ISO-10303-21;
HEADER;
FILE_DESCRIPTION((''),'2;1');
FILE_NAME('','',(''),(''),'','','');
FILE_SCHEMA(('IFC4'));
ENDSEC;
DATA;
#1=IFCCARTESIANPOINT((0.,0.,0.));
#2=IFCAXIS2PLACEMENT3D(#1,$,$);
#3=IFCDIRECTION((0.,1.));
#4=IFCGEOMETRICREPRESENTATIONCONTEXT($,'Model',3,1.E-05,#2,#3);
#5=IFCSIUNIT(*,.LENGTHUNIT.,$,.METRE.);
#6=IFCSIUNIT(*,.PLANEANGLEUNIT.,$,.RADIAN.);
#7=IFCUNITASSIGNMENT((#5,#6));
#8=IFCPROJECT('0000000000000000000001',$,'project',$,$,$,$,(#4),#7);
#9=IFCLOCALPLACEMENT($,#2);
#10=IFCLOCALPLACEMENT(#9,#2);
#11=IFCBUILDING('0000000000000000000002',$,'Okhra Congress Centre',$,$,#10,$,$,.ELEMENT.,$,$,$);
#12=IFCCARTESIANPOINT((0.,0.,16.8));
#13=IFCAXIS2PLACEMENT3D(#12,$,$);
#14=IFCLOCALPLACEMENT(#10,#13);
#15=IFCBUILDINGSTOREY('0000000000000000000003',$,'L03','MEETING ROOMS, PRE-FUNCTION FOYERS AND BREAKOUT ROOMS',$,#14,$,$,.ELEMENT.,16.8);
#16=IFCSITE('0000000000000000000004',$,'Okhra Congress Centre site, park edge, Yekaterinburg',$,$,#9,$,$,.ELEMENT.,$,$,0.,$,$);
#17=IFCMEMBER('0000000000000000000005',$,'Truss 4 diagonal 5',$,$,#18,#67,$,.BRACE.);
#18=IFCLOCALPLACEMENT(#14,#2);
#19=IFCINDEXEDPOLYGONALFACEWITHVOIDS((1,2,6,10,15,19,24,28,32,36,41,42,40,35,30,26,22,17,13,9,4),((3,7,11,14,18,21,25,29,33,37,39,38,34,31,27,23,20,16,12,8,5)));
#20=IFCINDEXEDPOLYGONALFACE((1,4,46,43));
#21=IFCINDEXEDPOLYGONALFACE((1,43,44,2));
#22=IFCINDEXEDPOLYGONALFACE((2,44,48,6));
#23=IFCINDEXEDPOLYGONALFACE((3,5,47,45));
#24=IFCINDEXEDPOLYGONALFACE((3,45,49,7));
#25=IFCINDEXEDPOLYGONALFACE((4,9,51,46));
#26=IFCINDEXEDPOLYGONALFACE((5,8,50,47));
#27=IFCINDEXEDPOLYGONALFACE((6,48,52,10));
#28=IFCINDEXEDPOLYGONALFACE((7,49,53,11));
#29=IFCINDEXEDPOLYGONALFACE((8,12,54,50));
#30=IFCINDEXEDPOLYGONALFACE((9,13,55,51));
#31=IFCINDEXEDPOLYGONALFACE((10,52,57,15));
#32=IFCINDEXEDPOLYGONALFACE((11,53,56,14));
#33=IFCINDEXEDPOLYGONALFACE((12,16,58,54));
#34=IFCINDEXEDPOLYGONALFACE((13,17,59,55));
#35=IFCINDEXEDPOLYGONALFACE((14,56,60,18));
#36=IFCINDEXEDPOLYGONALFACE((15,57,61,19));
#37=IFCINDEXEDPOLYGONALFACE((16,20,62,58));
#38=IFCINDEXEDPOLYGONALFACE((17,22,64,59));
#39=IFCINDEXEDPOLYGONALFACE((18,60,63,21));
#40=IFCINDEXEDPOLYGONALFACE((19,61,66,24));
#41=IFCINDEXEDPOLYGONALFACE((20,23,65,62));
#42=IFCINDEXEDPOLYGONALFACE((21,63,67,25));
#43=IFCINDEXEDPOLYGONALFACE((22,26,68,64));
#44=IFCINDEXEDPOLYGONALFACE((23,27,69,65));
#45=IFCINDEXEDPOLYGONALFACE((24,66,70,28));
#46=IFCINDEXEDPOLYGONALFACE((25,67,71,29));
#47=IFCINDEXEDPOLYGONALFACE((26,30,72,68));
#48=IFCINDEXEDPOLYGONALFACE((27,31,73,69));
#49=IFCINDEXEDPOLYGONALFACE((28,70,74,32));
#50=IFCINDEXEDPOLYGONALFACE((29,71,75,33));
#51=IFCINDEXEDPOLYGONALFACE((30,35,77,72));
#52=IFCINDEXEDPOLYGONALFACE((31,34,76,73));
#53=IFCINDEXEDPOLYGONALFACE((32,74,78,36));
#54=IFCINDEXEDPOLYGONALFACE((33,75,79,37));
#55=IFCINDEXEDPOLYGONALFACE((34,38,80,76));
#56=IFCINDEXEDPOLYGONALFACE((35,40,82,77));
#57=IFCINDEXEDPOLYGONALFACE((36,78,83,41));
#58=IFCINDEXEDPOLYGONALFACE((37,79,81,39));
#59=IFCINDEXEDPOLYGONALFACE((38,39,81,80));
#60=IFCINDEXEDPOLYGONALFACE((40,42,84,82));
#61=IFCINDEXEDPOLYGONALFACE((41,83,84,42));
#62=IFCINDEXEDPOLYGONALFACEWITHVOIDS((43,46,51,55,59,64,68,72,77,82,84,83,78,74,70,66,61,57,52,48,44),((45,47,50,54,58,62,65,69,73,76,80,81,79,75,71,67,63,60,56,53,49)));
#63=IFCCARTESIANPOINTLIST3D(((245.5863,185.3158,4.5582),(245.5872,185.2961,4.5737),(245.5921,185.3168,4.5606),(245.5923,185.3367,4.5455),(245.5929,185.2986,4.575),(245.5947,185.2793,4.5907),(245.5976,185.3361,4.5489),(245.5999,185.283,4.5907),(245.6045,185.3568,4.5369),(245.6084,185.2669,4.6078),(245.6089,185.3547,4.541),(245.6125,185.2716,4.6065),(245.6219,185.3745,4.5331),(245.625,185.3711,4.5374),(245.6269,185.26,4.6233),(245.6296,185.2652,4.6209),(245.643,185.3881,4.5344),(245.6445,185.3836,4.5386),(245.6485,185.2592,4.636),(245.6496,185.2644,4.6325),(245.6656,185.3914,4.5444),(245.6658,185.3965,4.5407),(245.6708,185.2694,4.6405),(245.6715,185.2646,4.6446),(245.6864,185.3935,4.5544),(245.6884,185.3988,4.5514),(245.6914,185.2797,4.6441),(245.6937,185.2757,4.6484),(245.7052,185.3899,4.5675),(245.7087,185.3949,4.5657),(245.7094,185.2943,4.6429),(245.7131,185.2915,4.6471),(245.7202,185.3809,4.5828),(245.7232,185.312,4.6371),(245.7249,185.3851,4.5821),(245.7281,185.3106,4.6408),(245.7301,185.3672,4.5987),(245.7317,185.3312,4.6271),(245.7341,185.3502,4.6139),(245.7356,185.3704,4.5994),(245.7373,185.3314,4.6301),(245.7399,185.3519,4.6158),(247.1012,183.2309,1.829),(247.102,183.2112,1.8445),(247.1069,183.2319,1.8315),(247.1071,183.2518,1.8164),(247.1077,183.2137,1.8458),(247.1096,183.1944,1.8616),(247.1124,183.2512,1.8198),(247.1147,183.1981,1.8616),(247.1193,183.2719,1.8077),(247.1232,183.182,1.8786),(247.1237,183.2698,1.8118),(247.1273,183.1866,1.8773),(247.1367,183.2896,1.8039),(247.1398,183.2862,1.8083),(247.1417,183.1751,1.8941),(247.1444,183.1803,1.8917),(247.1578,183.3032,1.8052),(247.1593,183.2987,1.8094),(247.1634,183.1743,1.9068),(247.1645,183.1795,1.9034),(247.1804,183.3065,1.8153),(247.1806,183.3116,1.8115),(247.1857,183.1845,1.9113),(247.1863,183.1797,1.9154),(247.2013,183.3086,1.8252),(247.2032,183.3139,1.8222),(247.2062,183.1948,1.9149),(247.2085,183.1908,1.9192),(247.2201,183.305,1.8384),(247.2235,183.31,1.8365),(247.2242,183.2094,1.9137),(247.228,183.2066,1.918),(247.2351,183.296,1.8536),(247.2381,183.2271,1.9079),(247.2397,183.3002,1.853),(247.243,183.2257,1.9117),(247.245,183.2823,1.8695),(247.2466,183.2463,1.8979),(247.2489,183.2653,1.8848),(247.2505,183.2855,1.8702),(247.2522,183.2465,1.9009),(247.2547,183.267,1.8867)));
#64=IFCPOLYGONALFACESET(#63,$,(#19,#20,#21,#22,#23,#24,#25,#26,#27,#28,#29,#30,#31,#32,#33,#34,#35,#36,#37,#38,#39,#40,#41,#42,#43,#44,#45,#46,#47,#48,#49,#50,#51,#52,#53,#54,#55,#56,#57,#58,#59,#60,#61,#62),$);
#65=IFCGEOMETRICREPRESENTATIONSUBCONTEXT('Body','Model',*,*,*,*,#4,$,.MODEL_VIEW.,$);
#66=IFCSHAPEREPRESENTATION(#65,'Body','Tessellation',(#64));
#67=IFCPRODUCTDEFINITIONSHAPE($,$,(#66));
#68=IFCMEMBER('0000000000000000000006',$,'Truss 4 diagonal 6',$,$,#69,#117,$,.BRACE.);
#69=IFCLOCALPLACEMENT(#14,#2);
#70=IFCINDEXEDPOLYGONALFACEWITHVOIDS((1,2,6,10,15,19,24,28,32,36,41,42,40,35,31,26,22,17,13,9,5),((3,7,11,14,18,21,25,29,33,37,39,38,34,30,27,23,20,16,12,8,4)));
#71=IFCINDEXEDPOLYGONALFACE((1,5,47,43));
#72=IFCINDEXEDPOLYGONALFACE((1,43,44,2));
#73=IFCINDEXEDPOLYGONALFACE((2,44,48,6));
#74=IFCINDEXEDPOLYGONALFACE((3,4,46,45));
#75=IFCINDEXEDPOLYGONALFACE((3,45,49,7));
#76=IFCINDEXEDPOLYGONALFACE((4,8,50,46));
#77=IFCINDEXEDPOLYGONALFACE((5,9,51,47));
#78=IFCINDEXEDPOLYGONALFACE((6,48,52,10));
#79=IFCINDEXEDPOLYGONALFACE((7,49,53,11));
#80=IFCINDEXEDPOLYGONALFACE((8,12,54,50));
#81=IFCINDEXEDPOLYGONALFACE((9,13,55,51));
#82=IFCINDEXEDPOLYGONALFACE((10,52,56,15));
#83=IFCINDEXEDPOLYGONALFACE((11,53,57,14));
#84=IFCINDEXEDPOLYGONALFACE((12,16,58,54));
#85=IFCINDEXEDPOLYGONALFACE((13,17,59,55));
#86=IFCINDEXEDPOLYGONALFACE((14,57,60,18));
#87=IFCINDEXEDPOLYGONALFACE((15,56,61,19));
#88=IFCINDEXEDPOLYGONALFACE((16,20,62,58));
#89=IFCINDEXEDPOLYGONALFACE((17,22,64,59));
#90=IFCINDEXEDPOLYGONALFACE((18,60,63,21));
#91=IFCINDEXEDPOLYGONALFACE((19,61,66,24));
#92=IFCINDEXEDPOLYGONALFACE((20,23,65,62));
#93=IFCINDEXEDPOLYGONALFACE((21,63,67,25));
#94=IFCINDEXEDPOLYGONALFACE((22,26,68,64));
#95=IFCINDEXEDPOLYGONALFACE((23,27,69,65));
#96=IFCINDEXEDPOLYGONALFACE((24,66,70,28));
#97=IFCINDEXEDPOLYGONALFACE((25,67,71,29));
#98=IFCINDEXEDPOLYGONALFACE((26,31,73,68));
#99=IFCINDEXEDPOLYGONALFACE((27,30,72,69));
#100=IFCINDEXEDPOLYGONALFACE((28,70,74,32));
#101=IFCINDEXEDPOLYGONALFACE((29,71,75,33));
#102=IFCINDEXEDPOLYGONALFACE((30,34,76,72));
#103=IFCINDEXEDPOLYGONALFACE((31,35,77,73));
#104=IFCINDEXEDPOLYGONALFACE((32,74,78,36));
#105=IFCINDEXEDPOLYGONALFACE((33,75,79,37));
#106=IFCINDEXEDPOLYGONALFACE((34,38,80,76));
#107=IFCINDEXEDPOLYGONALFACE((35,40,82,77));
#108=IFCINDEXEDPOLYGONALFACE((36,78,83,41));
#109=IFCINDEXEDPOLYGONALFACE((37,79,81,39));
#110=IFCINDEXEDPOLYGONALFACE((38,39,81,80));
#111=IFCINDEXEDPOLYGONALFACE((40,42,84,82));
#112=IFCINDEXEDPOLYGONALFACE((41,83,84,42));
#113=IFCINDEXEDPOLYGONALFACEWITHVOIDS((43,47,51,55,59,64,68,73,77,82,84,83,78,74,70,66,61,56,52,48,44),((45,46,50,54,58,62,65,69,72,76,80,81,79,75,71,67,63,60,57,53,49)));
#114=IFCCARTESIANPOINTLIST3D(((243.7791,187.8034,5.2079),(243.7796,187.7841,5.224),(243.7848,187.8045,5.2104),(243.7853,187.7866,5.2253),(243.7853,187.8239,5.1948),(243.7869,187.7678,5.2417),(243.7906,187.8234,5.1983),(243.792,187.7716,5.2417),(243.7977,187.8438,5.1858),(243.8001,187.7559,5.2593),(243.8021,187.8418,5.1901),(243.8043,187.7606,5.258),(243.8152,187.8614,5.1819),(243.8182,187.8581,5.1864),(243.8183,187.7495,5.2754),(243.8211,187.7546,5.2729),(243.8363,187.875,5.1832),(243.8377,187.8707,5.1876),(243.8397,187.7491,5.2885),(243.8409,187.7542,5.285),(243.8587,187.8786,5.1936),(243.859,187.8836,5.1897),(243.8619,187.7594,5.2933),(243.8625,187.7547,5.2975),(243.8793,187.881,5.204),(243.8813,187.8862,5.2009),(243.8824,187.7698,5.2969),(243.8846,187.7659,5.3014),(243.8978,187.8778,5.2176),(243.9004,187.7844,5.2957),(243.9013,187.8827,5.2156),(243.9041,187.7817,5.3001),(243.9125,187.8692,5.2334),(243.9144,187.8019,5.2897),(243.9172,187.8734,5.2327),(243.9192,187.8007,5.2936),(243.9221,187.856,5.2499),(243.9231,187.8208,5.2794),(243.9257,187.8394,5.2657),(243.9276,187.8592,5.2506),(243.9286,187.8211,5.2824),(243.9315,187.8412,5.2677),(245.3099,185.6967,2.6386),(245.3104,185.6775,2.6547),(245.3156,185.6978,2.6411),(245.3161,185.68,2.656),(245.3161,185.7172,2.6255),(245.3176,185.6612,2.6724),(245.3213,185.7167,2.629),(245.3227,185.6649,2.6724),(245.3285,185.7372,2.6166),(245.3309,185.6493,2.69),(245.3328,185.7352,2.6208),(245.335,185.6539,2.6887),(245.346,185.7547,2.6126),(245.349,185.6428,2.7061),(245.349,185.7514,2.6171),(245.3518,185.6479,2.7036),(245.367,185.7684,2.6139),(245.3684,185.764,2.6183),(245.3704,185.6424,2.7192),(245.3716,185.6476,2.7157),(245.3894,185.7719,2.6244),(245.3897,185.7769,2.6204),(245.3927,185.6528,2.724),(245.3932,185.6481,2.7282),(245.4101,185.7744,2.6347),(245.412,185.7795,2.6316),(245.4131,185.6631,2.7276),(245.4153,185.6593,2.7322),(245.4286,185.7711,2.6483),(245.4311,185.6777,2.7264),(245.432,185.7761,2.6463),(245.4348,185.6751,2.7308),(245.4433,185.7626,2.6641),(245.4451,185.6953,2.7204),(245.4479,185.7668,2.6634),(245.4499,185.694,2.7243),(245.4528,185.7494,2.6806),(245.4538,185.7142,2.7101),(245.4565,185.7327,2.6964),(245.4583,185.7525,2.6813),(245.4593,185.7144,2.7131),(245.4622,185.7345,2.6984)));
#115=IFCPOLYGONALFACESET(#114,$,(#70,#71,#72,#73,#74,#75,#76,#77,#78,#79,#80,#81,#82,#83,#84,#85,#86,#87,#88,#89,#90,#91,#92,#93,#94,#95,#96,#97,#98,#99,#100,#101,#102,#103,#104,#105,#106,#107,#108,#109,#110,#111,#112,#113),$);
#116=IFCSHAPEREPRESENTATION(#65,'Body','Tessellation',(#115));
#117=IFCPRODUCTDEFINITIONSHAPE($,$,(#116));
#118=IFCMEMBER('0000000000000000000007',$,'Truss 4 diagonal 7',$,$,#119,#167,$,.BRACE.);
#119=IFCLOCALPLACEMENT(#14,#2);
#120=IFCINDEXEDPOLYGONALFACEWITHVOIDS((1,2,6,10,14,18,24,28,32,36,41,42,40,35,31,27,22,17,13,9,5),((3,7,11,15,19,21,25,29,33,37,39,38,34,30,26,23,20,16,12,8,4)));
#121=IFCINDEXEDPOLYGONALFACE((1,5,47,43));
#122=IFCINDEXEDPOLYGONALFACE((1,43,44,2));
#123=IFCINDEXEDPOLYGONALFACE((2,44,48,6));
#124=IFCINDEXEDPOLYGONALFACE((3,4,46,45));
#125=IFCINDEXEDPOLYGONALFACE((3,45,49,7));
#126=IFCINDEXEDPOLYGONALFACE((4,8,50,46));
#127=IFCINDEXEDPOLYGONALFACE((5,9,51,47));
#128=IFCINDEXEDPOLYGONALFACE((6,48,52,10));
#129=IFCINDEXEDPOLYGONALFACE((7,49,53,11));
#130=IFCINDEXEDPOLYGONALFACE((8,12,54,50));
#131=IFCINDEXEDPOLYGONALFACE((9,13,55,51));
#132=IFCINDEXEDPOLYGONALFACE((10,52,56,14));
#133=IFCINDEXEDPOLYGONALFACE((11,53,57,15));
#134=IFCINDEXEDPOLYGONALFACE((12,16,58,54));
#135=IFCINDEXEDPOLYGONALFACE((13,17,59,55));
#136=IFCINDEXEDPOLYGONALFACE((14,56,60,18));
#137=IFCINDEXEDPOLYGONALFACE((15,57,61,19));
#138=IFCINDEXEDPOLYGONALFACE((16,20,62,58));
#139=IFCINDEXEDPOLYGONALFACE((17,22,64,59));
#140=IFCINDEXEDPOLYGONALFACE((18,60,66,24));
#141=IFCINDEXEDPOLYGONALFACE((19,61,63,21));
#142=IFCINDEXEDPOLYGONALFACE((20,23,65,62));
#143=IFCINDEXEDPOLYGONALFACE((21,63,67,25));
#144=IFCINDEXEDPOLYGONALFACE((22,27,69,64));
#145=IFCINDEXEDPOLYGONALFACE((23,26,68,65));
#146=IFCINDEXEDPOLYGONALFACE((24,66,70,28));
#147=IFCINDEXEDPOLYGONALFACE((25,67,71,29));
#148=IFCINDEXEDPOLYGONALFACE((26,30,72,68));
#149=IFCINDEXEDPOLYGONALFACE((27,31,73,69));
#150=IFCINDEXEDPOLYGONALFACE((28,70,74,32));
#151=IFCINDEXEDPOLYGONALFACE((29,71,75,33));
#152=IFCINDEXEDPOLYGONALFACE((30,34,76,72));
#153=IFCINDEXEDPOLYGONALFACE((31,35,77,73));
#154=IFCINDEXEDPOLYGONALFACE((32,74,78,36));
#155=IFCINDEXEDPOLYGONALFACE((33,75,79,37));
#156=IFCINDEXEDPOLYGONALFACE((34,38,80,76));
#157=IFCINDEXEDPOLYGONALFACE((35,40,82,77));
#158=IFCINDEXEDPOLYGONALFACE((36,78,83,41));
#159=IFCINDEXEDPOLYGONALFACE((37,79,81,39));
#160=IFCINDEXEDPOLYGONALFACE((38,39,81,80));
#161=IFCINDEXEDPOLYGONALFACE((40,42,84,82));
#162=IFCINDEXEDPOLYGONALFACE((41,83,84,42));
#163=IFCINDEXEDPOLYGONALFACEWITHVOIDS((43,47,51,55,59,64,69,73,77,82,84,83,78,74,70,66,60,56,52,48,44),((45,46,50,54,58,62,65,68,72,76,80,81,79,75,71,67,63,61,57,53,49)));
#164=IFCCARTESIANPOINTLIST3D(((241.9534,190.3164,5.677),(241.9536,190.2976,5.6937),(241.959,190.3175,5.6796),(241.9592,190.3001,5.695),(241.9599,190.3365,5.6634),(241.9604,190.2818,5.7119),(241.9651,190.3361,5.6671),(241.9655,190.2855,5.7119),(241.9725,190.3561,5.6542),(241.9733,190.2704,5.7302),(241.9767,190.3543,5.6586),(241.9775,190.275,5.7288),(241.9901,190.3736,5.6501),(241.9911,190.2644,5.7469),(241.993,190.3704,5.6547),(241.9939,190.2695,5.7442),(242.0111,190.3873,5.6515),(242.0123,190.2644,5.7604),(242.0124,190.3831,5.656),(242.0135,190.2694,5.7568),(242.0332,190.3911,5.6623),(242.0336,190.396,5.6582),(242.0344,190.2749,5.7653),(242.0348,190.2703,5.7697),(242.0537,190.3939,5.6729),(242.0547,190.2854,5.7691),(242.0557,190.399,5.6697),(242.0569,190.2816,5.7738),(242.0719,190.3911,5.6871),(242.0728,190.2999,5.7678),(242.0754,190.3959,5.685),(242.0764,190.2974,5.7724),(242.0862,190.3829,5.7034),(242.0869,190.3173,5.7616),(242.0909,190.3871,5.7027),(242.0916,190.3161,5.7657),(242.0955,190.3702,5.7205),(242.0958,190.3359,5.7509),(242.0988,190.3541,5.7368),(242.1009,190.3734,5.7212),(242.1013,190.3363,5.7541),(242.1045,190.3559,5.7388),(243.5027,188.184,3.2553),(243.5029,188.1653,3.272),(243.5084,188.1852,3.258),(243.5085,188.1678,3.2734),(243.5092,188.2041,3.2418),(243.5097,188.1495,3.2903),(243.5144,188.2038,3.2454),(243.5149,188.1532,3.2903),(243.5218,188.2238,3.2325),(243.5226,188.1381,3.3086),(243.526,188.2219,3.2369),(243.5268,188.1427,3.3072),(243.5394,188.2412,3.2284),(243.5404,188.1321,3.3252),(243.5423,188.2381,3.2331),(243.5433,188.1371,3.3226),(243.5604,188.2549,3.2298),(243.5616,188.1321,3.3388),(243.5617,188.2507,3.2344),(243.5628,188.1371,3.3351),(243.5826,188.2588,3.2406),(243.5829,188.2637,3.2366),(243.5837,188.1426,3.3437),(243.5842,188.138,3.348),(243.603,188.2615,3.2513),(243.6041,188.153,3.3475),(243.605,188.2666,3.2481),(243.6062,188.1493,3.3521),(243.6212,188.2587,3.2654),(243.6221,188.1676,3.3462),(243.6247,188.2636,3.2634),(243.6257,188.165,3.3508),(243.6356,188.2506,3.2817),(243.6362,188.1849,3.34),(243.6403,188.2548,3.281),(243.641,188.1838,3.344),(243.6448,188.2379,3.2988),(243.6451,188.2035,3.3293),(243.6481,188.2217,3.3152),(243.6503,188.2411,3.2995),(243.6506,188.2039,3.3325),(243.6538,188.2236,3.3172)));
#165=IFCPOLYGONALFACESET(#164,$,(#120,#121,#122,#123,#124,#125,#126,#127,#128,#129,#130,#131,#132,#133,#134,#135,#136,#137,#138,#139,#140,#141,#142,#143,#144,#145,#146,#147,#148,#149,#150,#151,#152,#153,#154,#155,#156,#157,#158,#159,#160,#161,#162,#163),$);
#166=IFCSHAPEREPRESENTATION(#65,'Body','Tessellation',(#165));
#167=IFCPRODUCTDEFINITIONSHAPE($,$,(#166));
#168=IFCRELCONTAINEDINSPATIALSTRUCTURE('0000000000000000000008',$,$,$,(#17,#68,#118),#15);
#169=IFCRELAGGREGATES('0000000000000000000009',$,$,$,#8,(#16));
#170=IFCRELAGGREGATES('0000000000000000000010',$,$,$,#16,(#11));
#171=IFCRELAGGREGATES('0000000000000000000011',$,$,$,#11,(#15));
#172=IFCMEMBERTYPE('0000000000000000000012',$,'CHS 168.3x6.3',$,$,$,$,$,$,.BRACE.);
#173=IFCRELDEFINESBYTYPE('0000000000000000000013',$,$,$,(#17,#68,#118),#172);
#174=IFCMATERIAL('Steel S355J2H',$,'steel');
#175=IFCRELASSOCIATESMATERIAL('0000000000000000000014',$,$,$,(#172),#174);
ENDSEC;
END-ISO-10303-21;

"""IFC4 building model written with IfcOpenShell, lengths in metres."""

from ifc_helpers import new_model, si_unit, direction, frame, origin, origin_2d, place, context, subcontext, project, spatial, hollow_circle, extrude, material, material_profile, profile_set, type_object, element, save


model = new_model("IFC4")

# Units and contexts
model_context = context("Model", 3, precision=1e-05, world=origin(), true_north=direction((0.0, 1.0)))
body_context = subcontext(model_context, "Body", "Model", "MODEL_VIEW")
ifc_project = project(units=[si_unit("LENGTHUNIT", "METRE"), si_unit("PLANEANGLEUNIT", "RADIAN")], contexts=[model_context])

# Site, building, storey
site_placement = place(None, origin())
site = spatial("IfcSite", under=ifc_project, at=site_placement, Name="Okhra Congress Centre site, park edge, Yekaterinburg", CompositionType="ELEMENT", RefElevation=0.0)
building_placement = place(site_placement, origin())
building = spatial("IfcBuilding", under=site, at=building_placement, Name="Okhra Congress Centre", CompositionType="ELEMENT")
storey_placement = place(building_placement, frame((0.0, 0.0, 16.8)))
storey = spatial("IfcBuildingStorey", under=building, at=storey_placement, Name="L03", Description="MEETING ROOMS, PRE-FUNCTION FOYERS AND BREAKOUT ROOMS", CompositionType="ELEMENT", Elevation=16.8)

# Members
ifc_material_1 = material(Name="Steel S355J2H", Category="steel")
ifc_material_profile_1 = material_profile(ifc_material_1, hollow_circle(Radius=0.0842, WallThickness=0.0063, at=origin_2d()), Name="CHS 168.3x6.3")
ifc_profile_set_1 = profile_set([ifc_material_profile_1], Name="Steel S355J2H")
member_type_1 = type_object("IfcMemberType", Name="CHS 168.3x6.3", PredefinedType="BRACE", material=ifc_profile_set_1)
member_1_placement = place(storey_placement, frame((247.1777, 183.2439, 1.8616), z_axis=(-0.403566, 0.555432, 0.727069), x_axis=(-0.809002, -0.587806, 0.0)))
element("IfcMember", 1, at=member_1_placement, inside=storey, type_object=member_type_1, Name="Truss 4 diagonal 5", PredefinedType="BRACE", context=body_context, shape_type="SweptSolid", body=[
    extrude(hollow_circle(Radius=0.0842, WallThickness=0.0063, at=origin_2d()), origin(), (0.0, 0.0, 1.0), 3.7537),
])
member_2_placement = place(storey_placement, frame((245.3857, 185.7107, 2.6724), z_axis=(-0.41844, 0.575872, 0.702338), x_axis=(-0.808987, -0.587826, 0.0)))
element("IfcMember", 2, at=member_2_placement, inside=storey, type_object=member_type_1, Name="Truss 4 diagonal 6", PredefinedType="BRACE", context=body_context, shape_type="SweptSolid", body=[
    extrude(hollow_circle(Radius=0.0842, WallThickness=0.0063, at=origin_2d()), origin(), (0.0, 0.0, 1.0), 3.6582),
])
member_3_placement = place(storey_placement, frame((243.5779, 188.199, 3.2903), z_axis=(-0.432853, 0.595736, 0.676563), x_axis=(-0.809, -0.587808, 0.0)))
element("IfcMember", 3, at=member_3_placement, inside=storey, type_object=member_type_1, Name="Truss 4 diagonal 7", PredefinedType="BRACE", context=body_context, shape_type="SweptSolid", body=[
    extrude(hollow_circle(Radius=0.0842, WallThickness=0.0063, at=origin_2d()), origin(), (0.0, 0.0, 1.0), 3.5793),
])

save(model, "model.ifc")
